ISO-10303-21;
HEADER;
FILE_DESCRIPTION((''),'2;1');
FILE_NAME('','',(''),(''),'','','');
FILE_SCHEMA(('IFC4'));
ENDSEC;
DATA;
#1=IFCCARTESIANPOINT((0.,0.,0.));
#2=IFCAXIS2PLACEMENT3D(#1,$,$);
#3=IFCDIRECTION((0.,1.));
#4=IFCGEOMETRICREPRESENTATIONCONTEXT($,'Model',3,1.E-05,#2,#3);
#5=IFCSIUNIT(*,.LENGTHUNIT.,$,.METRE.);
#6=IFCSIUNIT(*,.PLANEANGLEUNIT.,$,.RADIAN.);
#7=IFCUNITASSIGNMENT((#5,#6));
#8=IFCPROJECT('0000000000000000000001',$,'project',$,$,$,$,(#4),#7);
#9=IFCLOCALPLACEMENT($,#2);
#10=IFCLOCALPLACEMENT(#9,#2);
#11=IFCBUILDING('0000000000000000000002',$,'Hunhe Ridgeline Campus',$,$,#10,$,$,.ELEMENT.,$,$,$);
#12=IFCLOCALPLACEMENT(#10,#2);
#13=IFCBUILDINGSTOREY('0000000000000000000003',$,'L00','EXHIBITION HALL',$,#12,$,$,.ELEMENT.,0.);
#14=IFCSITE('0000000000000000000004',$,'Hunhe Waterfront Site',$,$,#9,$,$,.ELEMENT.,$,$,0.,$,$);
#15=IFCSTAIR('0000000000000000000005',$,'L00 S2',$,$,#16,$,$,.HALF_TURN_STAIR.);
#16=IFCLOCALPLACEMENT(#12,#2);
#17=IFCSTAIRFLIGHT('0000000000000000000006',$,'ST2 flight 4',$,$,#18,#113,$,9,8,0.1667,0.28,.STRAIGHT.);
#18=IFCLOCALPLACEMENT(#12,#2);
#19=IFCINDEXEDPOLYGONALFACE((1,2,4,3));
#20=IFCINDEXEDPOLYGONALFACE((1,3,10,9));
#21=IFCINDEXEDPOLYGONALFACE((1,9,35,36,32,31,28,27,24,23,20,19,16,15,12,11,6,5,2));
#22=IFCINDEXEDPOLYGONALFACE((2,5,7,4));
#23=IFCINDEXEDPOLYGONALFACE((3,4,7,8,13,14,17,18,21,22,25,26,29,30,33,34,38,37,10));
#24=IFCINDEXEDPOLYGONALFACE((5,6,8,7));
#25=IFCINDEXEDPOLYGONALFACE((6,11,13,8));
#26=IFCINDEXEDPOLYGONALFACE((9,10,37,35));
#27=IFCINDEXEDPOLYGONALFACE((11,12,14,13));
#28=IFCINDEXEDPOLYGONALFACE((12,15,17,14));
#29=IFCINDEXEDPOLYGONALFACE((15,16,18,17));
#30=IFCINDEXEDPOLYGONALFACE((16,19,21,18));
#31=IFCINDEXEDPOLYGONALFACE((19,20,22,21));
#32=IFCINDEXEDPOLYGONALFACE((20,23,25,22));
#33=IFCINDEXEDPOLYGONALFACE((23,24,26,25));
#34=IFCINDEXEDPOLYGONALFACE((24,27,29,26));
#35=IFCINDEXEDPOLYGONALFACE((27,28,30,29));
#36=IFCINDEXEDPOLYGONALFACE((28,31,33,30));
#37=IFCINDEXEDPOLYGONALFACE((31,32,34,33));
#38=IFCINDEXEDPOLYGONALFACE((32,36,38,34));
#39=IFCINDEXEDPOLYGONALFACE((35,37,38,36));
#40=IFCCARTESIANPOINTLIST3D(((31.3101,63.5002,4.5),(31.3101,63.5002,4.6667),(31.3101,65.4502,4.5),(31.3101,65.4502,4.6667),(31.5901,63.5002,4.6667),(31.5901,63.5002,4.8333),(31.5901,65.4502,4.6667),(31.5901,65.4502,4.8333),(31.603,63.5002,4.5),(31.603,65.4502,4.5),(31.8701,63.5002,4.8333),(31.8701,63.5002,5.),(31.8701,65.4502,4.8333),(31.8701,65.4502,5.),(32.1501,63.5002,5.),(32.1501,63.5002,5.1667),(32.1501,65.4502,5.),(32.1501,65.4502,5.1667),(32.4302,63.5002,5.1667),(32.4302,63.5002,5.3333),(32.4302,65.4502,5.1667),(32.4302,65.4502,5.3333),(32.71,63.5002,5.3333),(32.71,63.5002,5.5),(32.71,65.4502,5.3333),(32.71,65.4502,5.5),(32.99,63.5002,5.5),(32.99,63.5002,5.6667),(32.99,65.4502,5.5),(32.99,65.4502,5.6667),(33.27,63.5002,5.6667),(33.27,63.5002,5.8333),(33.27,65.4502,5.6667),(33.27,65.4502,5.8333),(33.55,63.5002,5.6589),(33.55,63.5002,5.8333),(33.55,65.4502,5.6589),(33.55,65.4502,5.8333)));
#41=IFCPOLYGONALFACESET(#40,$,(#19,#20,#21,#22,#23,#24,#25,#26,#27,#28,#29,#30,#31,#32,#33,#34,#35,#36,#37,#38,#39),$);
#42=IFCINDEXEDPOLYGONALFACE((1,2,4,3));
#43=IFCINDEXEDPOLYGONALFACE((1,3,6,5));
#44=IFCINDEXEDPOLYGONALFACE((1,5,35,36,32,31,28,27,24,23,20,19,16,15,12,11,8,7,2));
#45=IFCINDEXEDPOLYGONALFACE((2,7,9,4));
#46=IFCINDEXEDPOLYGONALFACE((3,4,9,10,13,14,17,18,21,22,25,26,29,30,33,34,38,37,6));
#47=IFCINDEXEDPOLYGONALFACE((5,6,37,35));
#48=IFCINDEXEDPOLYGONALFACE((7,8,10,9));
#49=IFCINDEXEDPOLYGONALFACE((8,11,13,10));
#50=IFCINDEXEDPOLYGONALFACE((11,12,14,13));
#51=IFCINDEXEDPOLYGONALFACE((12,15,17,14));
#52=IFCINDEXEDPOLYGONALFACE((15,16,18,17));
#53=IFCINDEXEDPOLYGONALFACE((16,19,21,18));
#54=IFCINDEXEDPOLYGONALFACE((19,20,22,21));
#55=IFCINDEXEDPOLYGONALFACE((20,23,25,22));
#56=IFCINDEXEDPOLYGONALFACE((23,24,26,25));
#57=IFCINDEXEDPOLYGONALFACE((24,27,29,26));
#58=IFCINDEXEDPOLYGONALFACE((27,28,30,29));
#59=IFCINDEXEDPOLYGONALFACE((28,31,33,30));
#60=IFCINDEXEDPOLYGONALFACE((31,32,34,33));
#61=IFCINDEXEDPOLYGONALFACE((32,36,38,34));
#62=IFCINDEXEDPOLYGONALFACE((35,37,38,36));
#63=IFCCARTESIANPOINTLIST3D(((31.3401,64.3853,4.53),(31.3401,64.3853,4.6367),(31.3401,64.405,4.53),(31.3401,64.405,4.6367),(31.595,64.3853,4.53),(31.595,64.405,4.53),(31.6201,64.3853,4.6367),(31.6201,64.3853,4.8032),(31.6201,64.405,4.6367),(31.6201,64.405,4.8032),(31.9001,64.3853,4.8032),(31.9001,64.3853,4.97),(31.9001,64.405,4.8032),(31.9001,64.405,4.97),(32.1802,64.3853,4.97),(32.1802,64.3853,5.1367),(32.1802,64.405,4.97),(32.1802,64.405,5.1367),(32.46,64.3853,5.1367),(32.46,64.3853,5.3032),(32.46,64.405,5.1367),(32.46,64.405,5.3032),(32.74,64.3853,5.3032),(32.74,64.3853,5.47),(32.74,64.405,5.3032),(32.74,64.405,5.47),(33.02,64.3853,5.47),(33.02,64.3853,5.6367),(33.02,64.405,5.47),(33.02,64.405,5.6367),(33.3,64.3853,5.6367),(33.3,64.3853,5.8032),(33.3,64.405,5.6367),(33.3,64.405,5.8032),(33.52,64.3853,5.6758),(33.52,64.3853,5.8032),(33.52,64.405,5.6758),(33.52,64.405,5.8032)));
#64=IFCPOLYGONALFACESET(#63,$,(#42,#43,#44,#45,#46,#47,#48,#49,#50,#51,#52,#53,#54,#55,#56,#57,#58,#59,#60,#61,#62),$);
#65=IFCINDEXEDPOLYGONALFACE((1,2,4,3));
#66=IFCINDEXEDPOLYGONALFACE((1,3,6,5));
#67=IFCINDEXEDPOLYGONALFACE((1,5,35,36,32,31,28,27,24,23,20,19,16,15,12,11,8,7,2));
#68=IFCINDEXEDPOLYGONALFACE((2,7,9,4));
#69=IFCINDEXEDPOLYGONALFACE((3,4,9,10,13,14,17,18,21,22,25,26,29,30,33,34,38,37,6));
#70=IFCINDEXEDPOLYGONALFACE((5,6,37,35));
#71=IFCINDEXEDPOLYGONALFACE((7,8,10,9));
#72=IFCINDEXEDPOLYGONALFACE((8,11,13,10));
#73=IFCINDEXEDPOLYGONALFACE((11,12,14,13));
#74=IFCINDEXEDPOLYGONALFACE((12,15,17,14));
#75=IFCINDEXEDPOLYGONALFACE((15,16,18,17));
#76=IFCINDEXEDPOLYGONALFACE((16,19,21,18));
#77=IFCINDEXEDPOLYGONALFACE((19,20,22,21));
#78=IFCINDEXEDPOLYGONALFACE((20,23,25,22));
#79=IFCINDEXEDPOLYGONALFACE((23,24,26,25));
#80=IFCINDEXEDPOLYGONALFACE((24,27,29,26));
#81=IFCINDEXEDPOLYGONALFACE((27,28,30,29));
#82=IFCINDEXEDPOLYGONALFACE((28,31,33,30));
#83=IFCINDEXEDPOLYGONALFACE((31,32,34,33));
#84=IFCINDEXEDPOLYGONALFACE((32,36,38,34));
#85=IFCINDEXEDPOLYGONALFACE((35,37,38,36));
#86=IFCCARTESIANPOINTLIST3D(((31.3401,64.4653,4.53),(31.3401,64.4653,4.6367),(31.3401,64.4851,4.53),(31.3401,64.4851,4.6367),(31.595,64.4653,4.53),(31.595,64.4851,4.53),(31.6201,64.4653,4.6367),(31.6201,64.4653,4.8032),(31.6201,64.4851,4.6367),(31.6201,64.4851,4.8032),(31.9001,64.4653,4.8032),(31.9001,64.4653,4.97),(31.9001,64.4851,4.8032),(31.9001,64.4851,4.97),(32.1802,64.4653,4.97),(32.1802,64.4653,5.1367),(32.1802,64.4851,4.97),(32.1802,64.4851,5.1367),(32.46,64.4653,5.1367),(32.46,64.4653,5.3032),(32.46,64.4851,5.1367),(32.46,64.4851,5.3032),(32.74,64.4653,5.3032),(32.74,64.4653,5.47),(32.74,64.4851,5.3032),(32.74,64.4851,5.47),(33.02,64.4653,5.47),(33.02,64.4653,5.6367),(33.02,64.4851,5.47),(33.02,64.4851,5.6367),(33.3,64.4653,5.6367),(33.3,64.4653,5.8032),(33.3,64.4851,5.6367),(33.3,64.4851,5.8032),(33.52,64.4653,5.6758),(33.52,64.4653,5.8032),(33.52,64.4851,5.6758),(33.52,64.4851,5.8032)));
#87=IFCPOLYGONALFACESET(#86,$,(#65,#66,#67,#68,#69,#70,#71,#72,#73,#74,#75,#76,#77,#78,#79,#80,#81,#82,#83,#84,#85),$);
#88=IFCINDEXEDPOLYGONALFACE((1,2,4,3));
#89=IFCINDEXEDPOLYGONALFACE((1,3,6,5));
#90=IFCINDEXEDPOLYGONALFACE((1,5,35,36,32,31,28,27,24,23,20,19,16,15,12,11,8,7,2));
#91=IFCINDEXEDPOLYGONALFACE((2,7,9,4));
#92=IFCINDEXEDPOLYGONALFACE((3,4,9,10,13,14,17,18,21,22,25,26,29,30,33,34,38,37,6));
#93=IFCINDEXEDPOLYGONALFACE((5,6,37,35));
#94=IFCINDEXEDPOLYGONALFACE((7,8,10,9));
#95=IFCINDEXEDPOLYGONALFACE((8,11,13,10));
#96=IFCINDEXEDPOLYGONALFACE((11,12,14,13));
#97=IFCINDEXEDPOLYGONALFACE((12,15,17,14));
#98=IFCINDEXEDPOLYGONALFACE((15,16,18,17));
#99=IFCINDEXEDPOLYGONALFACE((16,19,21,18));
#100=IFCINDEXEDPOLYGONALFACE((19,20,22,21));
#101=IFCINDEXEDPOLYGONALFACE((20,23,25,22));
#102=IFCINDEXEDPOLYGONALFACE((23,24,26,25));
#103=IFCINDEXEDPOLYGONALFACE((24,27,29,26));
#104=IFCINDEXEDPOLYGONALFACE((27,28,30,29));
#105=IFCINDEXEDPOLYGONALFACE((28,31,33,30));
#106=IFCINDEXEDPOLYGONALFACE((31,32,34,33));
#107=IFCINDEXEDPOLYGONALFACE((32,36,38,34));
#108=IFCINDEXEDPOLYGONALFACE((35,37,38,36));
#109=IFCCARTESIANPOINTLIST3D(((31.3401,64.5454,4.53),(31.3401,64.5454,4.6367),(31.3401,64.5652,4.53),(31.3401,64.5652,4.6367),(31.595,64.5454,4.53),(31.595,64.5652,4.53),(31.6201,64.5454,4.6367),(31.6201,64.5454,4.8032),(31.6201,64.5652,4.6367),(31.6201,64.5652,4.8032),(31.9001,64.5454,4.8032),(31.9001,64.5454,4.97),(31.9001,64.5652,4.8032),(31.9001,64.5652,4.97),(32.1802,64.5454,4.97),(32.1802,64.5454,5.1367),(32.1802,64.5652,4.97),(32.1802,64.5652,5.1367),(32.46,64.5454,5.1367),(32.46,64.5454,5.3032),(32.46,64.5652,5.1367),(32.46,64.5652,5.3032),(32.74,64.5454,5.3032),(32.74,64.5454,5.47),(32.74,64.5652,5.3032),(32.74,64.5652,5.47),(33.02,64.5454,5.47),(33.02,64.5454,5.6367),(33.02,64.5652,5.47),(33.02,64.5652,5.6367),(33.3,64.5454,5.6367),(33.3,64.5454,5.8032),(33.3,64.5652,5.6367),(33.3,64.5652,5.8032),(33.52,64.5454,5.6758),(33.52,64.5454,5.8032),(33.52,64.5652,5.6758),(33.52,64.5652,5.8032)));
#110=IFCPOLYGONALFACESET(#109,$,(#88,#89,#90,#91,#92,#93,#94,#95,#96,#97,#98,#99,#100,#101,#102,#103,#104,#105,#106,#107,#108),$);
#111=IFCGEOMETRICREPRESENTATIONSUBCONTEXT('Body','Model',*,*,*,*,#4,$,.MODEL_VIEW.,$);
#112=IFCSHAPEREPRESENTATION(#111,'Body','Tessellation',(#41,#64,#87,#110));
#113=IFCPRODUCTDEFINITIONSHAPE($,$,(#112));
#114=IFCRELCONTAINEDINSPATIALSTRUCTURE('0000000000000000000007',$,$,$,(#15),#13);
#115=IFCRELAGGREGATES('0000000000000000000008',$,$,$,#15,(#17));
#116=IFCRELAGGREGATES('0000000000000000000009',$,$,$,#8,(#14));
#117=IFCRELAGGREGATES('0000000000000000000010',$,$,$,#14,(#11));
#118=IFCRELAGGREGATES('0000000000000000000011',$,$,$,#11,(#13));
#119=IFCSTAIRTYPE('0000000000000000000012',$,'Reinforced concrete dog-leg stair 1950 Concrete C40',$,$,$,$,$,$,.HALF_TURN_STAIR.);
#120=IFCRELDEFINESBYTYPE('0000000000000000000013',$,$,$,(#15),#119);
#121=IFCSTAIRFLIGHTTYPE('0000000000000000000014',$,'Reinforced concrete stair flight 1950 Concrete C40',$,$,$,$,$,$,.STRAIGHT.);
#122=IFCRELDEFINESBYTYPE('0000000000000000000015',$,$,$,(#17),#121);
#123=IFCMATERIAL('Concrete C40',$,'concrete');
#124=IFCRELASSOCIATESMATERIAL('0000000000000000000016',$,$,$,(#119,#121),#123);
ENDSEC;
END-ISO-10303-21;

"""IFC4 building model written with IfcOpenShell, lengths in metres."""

from ifc_helpers import new_model, si_unit, direction, frame, origin, place, context, subcontext, project, spatial, polyline, outline, extrude, material, type_object, element, aggregate, save


model = new_model("IFC4")

# Units and contexts
model_context = context("Model", 3, precision=1e-05, world=origin(), true_north=direction((0.0, 1.0)))
body_context = subcontext(model_context, "Body", "Model", "MODEL_VIEW")
ifc_project = project(units=[si_unit("LENGTHUNIT", "METRE"), si_unit("PLANEANGLEUNIT", "RADIAN")], contexts=[model_context])

# Site, building, storey
site_placement = place(None, origin())
site = spatial("IfcSite", under=ifc_project, at=site_placement, Name="Hunhe Waterfront Site", CompositionType="ELEMENT", RefElevation=0.0)
building_placement = place(site_placement, origin())
building = spatial("IfcBuilding", under=site, at=building_placement, Name="Hunhe Ridgeline Campus", CompositionType="ELEMENT")
storey_placement = place(building_placement, origin())
storey = spatial("IfcBuildingStorey", under=building, at=storey_placement, Name="L00", Description="EXHIBITION HALL", CompositionType="ELEMENT", Elevation=0.0)

# Stair, stair flight
ifc_material_1 = material(Name="Concrete C40", Category="concrete")
stair_type = type_object("IfcStairType", Name="Reinforced concrete dog-leg stair 1950 Concrete C40", PredefinedType="HALF_TURN_STAIR", material=ifc_material_1)
stair_placement = place(storey_placement, origin())
stair = element("IfcStair", 1, at=stair_placement, inside=storey, type_object=stair_type, Name="L00 S2", PredefinedType="HALF_TURN_STAIR")
stair_flight_type = type_object("IfcStairFlightType", Name="Reinforced concrete stair flight 1950 Concrete C40", PredefinedType="STRAIGHT", material=ifc_material_1)
stair_flight_1_placement = place(storey_placement, frame((31.3101, 64.4751, 4.5), z_axis=(0.0, 0.0, 1.0), x_axis=(1.0, 0.0, 0.0)))
stair_flight_1 = element("IfcStairFlight", 2, at=stair_flight_1_placement, type_object=stair_flight_type, Name="ST2 flight 4", NumberOfRisers=9, NumberOfTreads=8, PredefinedType="STRAIGHT", RiserHeight=0.1667, TreadLength=0.28, context=body_context, shape_type="SweptSolid", body=[
    extrude(outline(polyline([(0.0, 0.0), (0.0, 0.1667), (0.28, 0.1667), (0.28, 0.3333), (0.5601, 0.3333), (0.5601, 0.5), (0.8401, 0.5), (0.8401, 0.6667), (1.1201, 0.6667), (1.1201, 0.8333), (1.3999, 0.8333), (1.3999, 1.0), (1.6799, 1.0), (1.6799, 1.1667), (1.96, 1.1667), (1.96, 1.3333), (2.24, 1.3333), (2.24, 1.5), (2.24, 1.1589), (0.293, 0.0), (0.0, 0.0)])), frame((0.0, 0.9751, 0.0), z_axis=(0.0, -1.0, 0.0), x_axis=(1.0, 0.0, 0.0)), (0.0, 0.0, 1.0), 1.95),
    extrude(outline(polyline([(0.03, 0.03), (0.03, 0.1367), (0.3101, 0.1367), (0.3101, 0.3032), (0.5901, 0.3032), (0.5901, 0.47), (0.8701, 0.47), (0.8701, 0.6367), (1.1499, 0.6367), (1.1499, 0.8032), (1.4299, 0.8032), (1.4299, 0.97), (1.71, 0.97), (1.71, 1.1367), (1.99, 1.1367), (1.99, 1.3032), (2.21, 1.3032), (2.21, 1.1758), (0.2849, 0.03), (0.03, 0.03)])), frame((0.0, -0.0701, 0.0), z_axis=(0.0, -1.0, 0.0), x_axis=(1.0, 0.0, 0.0)), (0.0, 0.0, 1.0), 0.0198),
    extrude(outline(polyline([(0.03, 0.03), (0.03, 0.1367), (0.3101, 0.1367), (0.3101, 0.3032), (0.5901, 0.3032), (0.5901, 0.47), (0.8701, 0.47), (0.8701, 0.6367), (1.1499, 0.6367), (1.1499, 0.8032), (1.4299, 0.8032), (1.4299, 0.97), (1.71, 0.97), (1.71, 1.1367), (1.99, 1.1367), (1.99, 1.3032), (2.21, 1.3032), (2.21, 1.1758), (0.2849, 0.03), (0.03, 0.03)])), frame((0.0, 0.01, 0.0), z_axis=(0.0, -1.0, 0.0), x_axis=(1.0, 0.0, 0.0)), (0.0, 0.0, 1.0), 0.0198),
    extrude(outline(polyline([(0.03, 0.03), (0.03, 0.1367), (0.3101, 0.1367), (0.3101, 0.3032), (0.5901, 0.3032), (0.5901, 0.47), (0.8701, 0.47), (0.8701, 0.6367), (1.1499, 0.6367), (1.1499, 0.8032), (1.4299, 0.8032), (1.4299, 0.97), (1.71, 0.97), (1.71, 1.1367), (1.99, 1.1367), (1.99, 1.3032), (2.21, 1.3032), (2.21, 1.1758), (0.2849, 0.03), (0.03, 0.03)])), frame((0.0, 0.0901, 0.0), z_axis=(0.0, -1.0, 0.0), x_axis=(1.0, 0.0, 0.0)), (0.0, 0.0, 1.0), 0.0198),
])
aggregate(stair, [stair_flight_1])

save(model, "model.ifc")
